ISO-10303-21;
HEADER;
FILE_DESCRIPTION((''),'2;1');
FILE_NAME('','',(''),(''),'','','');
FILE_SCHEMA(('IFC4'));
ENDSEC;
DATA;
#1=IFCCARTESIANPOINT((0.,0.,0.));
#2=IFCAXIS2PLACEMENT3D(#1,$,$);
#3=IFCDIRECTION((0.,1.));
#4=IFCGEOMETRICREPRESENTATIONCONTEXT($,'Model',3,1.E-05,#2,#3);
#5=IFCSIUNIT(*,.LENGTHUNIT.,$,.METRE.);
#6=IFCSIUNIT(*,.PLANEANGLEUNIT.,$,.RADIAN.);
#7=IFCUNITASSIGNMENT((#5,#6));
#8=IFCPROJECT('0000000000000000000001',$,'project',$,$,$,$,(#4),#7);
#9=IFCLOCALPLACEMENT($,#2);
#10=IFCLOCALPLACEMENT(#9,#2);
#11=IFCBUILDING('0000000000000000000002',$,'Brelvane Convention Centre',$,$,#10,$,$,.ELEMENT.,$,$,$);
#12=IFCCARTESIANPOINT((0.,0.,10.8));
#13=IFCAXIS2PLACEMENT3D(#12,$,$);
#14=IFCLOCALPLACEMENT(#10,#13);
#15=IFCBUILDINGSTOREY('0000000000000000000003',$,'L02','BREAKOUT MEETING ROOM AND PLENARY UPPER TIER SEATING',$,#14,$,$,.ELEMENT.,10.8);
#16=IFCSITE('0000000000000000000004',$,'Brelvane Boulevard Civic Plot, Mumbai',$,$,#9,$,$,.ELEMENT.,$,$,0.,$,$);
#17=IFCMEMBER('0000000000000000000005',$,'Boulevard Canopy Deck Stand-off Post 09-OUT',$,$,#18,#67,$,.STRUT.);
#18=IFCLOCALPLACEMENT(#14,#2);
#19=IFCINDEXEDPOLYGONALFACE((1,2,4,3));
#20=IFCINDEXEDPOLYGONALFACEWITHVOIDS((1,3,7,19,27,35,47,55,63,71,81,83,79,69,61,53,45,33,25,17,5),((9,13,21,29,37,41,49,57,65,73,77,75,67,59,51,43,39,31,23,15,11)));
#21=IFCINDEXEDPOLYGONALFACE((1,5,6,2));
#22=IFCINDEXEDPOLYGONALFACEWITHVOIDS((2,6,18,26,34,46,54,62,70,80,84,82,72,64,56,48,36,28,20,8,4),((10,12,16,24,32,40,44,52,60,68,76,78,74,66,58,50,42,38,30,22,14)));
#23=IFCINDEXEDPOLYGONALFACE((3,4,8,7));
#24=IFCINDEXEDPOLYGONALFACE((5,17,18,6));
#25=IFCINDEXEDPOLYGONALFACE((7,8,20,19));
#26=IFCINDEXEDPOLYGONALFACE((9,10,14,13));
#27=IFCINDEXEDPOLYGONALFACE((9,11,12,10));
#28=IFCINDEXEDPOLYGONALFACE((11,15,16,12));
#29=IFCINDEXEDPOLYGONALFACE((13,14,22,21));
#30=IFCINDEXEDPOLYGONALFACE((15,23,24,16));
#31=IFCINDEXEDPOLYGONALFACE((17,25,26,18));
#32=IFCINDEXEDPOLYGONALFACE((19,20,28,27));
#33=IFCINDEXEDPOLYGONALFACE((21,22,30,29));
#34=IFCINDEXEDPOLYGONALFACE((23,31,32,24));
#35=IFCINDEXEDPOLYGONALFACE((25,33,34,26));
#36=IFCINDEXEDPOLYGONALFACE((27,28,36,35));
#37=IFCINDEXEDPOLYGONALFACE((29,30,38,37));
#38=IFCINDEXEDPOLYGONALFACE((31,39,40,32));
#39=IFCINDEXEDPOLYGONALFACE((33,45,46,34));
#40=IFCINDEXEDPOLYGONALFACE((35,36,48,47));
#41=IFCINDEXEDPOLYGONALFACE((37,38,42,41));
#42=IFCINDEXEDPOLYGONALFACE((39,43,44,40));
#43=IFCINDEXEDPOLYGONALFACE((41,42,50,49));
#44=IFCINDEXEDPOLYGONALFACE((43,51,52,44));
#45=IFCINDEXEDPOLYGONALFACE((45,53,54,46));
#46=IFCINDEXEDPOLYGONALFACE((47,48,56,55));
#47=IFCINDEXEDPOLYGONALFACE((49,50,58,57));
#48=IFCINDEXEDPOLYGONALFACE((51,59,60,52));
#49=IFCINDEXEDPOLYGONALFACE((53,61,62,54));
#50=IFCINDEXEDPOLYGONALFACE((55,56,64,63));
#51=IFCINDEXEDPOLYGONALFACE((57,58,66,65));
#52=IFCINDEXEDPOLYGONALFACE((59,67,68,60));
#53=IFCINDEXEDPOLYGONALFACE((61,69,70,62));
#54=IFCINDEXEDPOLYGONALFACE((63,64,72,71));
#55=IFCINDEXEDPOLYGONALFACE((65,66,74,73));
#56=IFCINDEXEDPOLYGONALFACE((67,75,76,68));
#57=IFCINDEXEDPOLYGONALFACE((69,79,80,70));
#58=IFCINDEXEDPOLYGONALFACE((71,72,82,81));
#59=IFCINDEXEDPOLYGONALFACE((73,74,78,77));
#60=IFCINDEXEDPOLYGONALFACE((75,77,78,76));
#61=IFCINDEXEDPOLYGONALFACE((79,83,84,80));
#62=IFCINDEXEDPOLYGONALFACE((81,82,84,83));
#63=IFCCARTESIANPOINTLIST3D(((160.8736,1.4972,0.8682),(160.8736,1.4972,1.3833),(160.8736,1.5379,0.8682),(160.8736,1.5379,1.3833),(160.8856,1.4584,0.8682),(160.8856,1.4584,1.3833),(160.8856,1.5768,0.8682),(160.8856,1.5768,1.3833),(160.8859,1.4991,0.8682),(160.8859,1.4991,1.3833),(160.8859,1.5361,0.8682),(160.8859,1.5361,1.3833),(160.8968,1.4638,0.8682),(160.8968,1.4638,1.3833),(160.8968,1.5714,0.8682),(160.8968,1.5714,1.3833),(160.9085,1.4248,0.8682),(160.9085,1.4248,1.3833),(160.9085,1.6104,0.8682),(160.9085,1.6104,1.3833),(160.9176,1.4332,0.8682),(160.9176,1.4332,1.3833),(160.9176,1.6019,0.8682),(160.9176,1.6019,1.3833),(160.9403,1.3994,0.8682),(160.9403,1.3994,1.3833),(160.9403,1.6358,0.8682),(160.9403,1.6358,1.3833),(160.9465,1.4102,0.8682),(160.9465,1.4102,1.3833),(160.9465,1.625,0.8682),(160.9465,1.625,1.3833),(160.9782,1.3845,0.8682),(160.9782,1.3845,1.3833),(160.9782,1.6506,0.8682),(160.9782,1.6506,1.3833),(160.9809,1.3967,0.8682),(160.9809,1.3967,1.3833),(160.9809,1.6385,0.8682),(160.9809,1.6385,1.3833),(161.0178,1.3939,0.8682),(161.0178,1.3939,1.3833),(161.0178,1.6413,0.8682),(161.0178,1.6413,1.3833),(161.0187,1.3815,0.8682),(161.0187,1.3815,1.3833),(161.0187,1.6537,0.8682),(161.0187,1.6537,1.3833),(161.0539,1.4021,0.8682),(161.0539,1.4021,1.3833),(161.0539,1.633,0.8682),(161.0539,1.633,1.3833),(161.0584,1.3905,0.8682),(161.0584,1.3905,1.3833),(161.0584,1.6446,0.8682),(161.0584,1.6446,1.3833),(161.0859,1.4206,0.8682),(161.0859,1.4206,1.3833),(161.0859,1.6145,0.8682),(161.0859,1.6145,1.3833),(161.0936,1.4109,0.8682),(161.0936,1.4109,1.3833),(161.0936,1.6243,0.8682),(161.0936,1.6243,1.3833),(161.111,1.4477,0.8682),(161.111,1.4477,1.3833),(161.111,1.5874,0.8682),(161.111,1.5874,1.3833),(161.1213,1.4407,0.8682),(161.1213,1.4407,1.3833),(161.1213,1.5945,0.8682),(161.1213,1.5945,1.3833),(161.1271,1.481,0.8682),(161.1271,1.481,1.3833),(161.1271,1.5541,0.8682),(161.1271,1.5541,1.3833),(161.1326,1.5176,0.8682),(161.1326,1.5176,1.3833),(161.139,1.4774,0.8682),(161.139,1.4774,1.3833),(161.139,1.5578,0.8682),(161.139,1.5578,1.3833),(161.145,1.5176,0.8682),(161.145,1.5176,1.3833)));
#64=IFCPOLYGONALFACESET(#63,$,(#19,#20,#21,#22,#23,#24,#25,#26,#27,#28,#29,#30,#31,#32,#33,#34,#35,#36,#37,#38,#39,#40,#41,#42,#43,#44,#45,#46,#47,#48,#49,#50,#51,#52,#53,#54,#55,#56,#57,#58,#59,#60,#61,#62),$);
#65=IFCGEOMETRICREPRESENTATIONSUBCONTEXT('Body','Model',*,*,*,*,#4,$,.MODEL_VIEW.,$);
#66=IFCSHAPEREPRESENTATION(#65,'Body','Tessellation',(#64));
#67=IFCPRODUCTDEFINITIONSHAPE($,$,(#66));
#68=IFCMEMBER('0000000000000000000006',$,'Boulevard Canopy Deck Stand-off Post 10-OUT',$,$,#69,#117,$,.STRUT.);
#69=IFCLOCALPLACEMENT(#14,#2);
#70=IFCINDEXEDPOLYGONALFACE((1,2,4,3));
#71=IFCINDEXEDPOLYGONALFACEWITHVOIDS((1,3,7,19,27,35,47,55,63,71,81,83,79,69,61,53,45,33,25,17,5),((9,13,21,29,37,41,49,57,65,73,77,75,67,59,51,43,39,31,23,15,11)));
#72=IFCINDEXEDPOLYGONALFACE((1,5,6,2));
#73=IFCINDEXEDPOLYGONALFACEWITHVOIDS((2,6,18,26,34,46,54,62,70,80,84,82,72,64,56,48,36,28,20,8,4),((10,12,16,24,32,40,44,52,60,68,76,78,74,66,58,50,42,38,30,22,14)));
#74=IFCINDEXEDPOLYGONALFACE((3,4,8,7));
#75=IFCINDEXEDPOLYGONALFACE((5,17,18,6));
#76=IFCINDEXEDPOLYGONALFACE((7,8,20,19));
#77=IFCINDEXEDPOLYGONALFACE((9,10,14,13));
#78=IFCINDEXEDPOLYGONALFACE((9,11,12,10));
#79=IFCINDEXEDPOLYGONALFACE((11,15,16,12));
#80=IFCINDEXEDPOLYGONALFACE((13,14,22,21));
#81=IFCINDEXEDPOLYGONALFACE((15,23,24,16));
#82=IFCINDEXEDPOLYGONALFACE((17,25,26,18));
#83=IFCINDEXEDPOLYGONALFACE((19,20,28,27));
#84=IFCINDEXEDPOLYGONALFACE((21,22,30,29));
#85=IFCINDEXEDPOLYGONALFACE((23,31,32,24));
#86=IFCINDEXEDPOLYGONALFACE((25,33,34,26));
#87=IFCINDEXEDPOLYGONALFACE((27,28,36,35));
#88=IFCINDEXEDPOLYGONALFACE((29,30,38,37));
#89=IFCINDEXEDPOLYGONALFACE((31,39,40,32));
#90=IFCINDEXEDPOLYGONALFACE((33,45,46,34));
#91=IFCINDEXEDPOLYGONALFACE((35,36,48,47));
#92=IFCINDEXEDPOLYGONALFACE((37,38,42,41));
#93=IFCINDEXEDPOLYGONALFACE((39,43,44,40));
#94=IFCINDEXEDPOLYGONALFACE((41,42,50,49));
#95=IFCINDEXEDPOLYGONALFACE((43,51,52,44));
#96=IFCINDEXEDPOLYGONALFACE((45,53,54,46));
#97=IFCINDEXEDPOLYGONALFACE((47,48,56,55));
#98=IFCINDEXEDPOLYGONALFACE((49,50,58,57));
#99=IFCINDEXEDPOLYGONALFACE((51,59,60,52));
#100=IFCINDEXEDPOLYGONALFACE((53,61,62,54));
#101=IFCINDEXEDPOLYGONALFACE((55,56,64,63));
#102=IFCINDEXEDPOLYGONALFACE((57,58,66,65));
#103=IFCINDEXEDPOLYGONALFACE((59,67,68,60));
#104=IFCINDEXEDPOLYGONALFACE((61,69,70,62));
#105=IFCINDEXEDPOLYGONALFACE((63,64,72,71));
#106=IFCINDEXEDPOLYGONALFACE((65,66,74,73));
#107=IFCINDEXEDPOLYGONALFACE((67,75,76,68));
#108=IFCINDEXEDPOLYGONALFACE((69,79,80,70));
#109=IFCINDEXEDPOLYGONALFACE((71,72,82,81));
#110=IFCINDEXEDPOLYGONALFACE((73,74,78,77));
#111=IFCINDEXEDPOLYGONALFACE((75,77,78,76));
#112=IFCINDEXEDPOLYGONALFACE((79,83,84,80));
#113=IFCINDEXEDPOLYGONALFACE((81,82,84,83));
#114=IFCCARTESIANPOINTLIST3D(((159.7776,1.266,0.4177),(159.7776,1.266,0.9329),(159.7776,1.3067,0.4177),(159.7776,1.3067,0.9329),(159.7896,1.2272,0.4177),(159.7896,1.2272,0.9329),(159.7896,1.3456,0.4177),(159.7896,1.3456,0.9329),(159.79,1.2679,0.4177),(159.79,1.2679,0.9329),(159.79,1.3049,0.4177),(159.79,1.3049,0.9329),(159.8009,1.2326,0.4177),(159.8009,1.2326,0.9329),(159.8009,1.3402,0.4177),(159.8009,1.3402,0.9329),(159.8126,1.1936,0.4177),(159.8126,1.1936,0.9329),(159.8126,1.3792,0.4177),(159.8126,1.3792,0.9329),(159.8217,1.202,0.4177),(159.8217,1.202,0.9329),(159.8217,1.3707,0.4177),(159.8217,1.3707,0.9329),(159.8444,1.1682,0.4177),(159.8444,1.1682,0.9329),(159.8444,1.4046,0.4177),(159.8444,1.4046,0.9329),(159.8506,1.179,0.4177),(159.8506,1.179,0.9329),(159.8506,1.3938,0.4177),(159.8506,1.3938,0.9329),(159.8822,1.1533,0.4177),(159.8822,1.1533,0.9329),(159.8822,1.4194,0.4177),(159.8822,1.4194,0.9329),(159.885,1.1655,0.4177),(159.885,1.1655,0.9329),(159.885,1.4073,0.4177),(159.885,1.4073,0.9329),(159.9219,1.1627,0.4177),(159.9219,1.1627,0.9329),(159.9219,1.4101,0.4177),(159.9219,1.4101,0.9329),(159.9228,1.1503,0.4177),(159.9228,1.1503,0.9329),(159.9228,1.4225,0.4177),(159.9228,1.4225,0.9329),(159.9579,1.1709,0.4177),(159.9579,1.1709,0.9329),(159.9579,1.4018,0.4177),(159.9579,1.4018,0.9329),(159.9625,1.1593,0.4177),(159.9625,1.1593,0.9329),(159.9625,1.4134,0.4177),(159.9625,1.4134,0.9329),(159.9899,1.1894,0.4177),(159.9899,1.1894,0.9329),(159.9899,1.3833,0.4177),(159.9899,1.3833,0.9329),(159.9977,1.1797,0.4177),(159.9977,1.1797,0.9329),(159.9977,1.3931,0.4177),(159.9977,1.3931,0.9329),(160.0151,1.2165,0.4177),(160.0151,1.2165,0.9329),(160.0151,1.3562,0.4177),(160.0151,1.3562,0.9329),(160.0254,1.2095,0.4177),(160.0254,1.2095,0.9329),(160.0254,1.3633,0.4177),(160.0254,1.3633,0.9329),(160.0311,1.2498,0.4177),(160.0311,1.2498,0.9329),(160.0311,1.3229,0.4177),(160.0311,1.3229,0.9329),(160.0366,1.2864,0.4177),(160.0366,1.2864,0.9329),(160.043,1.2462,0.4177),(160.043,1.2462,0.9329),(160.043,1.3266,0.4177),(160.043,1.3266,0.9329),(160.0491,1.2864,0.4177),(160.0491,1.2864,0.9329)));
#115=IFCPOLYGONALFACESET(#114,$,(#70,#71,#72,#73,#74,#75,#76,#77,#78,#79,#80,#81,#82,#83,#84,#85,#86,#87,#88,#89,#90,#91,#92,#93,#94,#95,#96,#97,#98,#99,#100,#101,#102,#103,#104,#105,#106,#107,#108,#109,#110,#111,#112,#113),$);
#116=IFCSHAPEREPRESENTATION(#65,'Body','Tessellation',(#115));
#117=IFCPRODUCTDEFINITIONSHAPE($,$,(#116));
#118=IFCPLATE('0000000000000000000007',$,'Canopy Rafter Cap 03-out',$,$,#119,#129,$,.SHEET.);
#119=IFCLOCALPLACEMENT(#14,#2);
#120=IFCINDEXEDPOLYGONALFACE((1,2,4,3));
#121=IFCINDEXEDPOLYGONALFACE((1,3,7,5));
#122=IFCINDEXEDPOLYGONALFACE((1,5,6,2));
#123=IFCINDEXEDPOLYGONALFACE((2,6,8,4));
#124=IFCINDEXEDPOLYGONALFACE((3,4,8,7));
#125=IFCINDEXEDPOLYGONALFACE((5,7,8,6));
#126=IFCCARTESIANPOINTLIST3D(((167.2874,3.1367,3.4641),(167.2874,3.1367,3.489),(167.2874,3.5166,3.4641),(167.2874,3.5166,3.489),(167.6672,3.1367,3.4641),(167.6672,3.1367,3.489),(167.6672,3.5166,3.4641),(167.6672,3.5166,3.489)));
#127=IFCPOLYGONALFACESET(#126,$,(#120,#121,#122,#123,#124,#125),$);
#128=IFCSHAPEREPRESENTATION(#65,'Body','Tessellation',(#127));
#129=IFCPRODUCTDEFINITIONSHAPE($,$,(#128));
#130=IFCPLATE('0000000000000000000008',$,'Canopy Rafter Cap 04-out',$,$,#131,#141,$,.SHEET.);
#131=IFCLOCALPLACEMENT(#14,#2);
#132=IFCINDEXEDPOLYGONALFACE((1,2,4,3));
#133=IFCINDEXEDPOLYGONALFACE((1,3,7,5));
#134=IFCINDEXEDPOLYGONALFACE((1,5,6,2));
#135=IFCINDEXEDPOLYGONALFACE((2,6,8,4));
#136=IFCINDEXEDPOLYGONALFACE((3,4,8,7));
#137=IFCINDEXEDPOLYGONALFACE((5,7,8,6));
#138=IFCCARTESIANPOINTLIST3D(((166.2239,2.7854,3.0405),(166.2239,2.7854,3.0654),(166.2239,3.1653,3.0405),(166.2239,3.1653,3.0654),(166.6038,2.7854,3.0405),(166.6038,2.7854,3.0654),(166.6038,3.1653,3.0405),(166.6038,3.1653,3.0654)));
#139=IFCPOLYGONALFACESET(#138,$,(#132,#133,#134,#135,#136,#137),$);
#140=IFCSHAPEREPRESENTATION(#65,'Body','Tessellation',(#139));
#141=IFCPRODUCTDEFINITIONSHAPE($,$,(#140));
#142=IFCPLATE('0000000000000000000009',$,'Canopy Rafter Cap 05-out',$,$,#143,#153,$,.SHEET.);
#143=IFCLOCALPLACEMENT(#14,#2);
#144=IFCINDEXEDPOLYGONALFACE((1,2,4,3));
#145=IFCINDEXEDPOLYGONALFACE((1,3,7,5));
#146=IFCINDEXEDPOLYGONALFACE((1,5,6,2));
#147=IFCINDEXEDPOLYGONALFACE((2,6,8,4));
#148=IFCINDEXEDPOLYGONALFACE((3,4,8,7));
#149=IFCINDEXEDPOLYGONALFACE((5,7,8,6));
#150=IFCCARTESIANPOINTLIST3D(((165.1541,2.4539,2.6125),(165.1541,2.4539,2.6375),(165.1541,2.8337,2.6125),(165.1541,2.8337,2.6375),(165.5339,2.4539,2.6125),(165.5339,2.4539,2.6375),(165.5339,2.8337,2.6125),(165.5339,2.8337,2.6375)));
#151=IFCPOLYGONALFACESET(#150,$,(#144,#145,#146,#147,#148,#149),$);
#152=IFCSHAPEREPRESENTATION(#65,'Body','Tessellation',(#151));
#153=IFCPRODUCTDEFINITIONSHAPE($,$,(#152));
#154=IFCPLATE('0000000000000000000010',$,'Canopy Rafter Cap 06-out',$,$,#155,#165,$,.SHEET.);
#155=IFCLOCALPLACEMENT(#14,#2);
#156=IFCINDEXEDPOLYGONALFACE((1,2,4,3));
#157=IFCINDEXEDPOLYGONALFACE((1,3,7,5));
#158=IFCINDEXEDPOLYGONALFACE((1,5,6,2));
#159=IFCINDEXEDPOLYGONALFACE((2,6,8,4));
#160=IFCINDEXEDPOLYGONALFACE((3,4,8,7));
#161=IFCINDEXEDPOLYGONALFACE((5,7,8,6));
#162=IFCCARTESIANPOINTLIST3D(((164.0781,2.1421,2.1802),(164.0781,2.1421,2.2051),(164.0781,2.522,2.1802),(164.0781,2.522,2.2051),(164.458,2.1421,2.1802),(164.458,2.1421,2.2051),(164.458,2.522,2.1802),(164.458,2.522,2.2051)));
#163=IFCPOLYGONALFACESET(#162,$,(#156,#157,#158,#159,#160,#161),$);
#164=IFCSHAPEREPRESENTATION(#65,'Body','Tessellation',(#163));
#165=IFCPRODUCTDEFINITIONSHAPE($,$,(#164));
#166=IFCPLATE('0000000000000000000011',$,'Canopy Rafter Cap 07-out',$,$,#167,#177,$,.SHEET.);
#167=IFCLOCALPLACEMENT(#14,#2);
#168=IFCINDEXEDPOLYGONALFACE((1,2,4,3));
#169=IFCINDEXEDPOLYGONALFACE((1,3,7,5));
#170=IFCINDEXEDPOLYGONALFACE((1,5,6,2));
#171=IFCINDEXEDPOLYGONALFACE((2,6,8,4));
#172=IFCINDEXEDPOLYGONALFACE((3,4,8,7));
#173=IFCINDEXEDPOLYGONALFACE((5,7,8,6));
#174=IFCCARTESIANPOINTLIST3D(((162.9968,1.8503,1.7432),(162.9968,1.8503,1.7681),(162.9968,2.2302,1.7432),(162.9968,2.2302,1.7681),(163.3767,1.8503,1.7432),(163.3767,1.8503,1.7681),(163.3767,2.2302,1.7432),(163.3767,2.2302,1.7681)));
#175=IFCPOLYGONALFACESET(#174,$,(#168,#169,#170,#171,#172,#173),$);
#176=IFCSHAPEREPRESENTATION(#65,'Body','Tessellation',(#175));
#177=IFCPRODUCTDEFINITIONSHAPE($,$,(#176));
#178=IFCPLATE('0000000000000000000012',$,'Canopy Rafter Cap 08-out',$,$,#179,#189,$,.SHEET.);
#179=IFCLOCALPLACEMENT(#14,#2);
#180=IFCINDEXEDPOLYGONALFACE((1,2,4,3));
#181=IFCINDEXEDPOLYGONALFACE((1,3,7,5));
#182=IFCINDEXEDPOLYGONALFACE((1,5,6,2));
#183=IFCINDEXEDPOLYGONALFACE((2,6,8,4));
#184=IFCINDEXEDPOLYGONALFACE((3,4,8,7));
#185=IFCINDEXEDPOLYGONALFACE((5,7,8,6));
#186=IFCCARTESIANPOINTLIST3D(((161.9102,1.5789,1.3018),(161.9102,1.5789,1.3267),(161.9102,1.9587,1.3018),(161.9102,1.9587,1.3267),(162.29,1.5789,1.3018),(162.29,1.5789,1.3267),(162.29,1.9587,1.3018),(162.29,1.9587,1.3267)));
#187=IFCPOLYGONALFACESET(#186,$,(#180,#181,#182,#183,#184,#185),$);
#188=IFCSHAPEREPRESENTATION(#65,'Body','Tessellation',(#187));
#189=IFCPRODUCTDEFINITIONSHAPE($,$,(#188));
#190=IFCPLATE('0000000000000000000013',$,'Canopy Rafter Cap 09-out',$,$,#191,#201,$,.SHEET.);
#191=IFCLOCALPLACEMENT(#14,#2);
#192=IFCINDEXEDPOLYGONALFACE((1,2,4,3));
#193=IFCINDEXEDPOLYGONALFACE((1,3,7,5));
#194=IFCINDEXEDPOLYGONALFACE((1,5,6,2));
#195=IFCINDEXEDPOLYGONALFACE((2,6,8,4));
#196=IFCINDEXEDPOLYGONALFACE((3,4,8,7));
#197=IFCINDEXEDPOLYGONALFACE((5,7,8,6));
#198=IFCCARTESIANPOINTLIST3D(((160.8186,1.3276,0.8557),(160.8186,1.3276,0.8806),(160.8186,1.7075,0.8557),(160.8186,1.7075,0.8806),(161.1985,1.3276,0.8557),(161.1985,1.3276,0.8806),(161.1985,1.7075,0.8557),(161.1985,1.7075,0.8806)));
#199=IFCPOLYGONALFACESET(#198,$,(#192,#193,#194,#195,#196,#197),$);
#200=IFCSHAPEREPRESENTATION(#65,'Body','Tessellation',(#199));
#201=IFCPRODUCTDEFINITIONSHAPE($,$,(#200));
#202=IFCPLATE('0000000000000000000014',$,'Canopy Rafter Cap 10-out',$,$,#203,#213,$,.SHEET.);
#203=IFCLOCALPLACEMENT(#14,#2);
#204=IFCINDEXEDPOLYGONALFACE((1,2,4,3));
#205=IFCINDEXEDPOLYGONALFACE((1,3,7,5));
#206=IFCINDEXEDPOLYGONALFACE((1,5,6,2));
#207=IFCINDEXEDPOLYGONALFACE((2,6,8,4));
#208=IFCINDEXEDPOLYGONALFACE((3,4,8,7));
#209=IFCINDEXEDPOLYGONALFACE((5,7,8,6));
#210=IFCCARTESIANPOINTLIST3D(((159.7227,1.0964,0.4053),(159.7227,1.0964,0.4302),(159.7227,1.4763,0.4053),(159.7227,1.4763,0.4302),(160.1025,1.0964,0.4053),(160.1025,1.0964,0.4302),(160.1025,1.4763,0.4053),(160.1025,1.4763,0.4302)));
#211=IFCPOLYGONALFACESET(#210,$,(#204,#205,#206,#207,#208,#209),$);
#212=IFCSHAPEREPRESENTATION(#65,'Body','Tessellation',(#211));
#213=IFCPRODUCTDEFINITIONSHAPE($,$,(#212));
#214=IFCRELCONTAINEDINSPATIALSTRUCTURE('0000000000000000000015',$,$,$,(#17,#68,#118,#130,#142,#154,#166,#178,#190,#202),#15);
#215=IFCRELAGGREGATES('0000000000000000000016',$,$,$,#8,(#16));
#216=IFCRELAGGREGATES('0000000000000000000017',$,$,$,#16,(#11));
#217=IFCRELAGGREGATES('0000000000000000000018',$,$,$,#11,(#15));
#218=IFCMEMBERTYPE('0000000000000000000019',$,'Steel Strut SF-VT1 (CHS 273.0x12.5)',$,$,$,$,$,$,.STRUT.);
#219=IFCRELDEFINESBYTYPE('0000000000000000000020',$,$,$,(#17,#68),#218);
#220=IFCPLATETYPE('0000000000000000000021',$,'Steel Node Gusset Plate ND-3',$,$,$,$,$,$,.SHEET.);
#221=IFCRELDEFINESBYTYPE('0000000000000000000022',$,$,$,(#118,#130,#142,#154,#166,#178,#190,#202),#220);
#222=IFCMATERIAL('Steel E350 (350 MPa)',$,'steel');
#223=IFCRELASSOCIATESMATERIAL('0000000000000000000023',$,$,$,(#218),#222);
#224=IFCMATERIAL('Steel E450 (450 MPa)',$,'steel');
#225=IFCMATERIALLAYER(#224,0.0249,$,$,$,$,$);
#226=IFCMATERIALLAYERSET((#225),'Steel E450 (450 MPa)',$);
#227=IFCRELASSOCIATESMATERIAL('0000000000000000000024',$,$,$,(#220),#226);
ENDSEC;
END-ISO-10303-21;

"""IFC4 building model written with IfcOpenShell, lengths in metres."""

from ifc_helpers import new_model, si_unit, direction, frame, origin, origin_2d, place, context, subcontext, project, spatial, rectangle, hollow_circle, extrude, material, layer, layer_set, material_profile, profile_set, type_object, element, save


model = new_model("IFC4")

# Units and contexts
model_context = context("Model", 3, precision=1e-05, world=origin(), true_north=direction((0.0, 1.0)))
body_context = subcontext(model_context, "Body", "Model", "MODEL_VIEW")
ifc_project = project(units=[si_unit("LENGTHUNIT", "METRE"), si_unit("PLANEANGLEUNIT", "RADIAN")], contexts=[model_context])

# Site, building, storey
site_placement = place(None, origin())
site = spatial("IfcSite", under=ifc_project, at=site_placement, Name="Brelvane Boulevard Civic Plot, Mumbai", CompositionType="ELEMENT", RefElevation=0.0)
building_placement = place(site_placement, origin())
building = spatial("IfcBuilding", under=site, at=building_placement, Name="Brelvane Convention Centre", CompositionType="ELEMENT")
storey_placement = place(building_placement, frame((0.0, 0.0, 10.8)))
storey = spatial("IfcBuildingStorey", under=building, at=storey_placement, Name="L02", Description="BREAKOUT MEETING ROOM AND PLENARY UPPER TIER SEATING", CompositionType="ELEMENT", Elevation=10.8)

# Members
ifc_material_1 = material(Name="Steel E350 (350 MPa)", Category="steel")
ifc_material_profile_1 = material_profile(ifc_material_1, hollow_circle(Radius=0.1365, WallThickness=0.0125, at=origin_2d()), Name="CHS 273.0x12.5")
ifc_profile_set_1 = profile_set([ifc_material_profile_1], Name="Steel E350 (350 MPa)")
member_type_1 = type_object("IfcMemberType", Name="Steel Strut SF-VT1 (CHS 273.0x12.5)", PredefinedType="STRUT", material=ifc_profile_set_1)
for number, where, z_axis, x_axis, name in (
    (1, (161.0085, 1.5176, 0.8682), (0.0, 0.0, 1.0), (1.0, 0.0, 0.0), "Boulevard Canopy Deck Stand-off Post 09-OUT"),
    (2, (159.9126, 1.2864, 0.4177), (0.0, 0.0, 1.0), (1.0, 0.0, 0.0), "Boulevard Canopy Deck Stand-off Post 10-OUT"),
):
    element("IfcMember", number, at=place(storey_placement, frame(where, z_axis=z_axis, x_axis=x_axis)), inside=storey, type_object=member_type_1, Name=name, PredefinedType="STRUT", context=body_context, shape_type="SweptSolid", body=[
        extrude(hollow_circle(Radius=0.1365, WallThickness=0.0125, at=origin_2d()), origin(), (0.0, 0.0, 1.0), 0.5151),
    ])

# Plates
ifc_material_2 = material(Name="Steel E450 (450 MPa)", Category="steel")
ifc_layer_1 = layer(ifc_material_2, 0.0249)
ifc_layer_set_1 = layer_set([ifc_layer_1], Name="Steel E450 (450 MPa)")
plate_type = type_object("IfcPlateType", Name="Steel Node Gusset Plate ND-3", PredefinedType="SHEET", material=ifc_layer_set_1)
for number, where, z_axis, x_axis, name in (
    (3, (167.4773, 3.3267, 3.4641), (0.0, 0.0, 1.0), (1.0, 0.0, 0.0), "Canopy Rafter Cap 03-out"),
    (4, (166.4138, 2.9753, 3.0405), (0.0, 0.0, 1.0), (1.0, 0.0, 0.0), "Canopy Rafter Cap 04-out"),
    (5, (165.344, 2.6438, 2.6125), (0.0, 0.0, 1.0), (1.0, 0.0, 0.0), "Canopy Rafter Cap 05-out"),
    (6, (164.2681, 2.332, 2.1802), (0.0, 0.0, 1.0), (1.0, 0.0, 0.0), "Canopy Rafter Cap 06-out"),
    (7, (163.1868, 2.0403, 1.7432), (0.0, 0.0, 1.0), (1.0, 0.0, 0.0), "Canopy Rafter Cap 07-out"),
    (8, (162.1001, 1.7688, 1.3018), (0.0, 0.0, 1.0), (1.0, 0.0, 0.0), "Canopy Rafter Cap 08-out"),
    (9, (161.0085, 1.5176, 0.8557), (0.0, 0.0, 1.0), (1.0, 0.0, 0.0), "Canopy Rafter Cap 09-out"),
    (10, (159.9126, 1.2864, 0.4053), (0.0, 0.0, 1.0), (1.0, 0.0, 0.0), "Canopy Rafter Cap 10-out"),
):
    element("IfcPlate", number, at=place(storey_placement, frame(where, z_axis=z_axis, x_axis=x_axis)), inside=storey, type_object=plate_type, Name=name, PredefinedType="SHEET", context=body_context, shape_type="SweptSolid", body=[
        extrude(rectangle(XDim=0.3799, YDim=0.3799, at=origin_2d()), origin(), (0.0, 0.0, 1.0), 0.0249),
    ])

save(model, "model.ifc")
